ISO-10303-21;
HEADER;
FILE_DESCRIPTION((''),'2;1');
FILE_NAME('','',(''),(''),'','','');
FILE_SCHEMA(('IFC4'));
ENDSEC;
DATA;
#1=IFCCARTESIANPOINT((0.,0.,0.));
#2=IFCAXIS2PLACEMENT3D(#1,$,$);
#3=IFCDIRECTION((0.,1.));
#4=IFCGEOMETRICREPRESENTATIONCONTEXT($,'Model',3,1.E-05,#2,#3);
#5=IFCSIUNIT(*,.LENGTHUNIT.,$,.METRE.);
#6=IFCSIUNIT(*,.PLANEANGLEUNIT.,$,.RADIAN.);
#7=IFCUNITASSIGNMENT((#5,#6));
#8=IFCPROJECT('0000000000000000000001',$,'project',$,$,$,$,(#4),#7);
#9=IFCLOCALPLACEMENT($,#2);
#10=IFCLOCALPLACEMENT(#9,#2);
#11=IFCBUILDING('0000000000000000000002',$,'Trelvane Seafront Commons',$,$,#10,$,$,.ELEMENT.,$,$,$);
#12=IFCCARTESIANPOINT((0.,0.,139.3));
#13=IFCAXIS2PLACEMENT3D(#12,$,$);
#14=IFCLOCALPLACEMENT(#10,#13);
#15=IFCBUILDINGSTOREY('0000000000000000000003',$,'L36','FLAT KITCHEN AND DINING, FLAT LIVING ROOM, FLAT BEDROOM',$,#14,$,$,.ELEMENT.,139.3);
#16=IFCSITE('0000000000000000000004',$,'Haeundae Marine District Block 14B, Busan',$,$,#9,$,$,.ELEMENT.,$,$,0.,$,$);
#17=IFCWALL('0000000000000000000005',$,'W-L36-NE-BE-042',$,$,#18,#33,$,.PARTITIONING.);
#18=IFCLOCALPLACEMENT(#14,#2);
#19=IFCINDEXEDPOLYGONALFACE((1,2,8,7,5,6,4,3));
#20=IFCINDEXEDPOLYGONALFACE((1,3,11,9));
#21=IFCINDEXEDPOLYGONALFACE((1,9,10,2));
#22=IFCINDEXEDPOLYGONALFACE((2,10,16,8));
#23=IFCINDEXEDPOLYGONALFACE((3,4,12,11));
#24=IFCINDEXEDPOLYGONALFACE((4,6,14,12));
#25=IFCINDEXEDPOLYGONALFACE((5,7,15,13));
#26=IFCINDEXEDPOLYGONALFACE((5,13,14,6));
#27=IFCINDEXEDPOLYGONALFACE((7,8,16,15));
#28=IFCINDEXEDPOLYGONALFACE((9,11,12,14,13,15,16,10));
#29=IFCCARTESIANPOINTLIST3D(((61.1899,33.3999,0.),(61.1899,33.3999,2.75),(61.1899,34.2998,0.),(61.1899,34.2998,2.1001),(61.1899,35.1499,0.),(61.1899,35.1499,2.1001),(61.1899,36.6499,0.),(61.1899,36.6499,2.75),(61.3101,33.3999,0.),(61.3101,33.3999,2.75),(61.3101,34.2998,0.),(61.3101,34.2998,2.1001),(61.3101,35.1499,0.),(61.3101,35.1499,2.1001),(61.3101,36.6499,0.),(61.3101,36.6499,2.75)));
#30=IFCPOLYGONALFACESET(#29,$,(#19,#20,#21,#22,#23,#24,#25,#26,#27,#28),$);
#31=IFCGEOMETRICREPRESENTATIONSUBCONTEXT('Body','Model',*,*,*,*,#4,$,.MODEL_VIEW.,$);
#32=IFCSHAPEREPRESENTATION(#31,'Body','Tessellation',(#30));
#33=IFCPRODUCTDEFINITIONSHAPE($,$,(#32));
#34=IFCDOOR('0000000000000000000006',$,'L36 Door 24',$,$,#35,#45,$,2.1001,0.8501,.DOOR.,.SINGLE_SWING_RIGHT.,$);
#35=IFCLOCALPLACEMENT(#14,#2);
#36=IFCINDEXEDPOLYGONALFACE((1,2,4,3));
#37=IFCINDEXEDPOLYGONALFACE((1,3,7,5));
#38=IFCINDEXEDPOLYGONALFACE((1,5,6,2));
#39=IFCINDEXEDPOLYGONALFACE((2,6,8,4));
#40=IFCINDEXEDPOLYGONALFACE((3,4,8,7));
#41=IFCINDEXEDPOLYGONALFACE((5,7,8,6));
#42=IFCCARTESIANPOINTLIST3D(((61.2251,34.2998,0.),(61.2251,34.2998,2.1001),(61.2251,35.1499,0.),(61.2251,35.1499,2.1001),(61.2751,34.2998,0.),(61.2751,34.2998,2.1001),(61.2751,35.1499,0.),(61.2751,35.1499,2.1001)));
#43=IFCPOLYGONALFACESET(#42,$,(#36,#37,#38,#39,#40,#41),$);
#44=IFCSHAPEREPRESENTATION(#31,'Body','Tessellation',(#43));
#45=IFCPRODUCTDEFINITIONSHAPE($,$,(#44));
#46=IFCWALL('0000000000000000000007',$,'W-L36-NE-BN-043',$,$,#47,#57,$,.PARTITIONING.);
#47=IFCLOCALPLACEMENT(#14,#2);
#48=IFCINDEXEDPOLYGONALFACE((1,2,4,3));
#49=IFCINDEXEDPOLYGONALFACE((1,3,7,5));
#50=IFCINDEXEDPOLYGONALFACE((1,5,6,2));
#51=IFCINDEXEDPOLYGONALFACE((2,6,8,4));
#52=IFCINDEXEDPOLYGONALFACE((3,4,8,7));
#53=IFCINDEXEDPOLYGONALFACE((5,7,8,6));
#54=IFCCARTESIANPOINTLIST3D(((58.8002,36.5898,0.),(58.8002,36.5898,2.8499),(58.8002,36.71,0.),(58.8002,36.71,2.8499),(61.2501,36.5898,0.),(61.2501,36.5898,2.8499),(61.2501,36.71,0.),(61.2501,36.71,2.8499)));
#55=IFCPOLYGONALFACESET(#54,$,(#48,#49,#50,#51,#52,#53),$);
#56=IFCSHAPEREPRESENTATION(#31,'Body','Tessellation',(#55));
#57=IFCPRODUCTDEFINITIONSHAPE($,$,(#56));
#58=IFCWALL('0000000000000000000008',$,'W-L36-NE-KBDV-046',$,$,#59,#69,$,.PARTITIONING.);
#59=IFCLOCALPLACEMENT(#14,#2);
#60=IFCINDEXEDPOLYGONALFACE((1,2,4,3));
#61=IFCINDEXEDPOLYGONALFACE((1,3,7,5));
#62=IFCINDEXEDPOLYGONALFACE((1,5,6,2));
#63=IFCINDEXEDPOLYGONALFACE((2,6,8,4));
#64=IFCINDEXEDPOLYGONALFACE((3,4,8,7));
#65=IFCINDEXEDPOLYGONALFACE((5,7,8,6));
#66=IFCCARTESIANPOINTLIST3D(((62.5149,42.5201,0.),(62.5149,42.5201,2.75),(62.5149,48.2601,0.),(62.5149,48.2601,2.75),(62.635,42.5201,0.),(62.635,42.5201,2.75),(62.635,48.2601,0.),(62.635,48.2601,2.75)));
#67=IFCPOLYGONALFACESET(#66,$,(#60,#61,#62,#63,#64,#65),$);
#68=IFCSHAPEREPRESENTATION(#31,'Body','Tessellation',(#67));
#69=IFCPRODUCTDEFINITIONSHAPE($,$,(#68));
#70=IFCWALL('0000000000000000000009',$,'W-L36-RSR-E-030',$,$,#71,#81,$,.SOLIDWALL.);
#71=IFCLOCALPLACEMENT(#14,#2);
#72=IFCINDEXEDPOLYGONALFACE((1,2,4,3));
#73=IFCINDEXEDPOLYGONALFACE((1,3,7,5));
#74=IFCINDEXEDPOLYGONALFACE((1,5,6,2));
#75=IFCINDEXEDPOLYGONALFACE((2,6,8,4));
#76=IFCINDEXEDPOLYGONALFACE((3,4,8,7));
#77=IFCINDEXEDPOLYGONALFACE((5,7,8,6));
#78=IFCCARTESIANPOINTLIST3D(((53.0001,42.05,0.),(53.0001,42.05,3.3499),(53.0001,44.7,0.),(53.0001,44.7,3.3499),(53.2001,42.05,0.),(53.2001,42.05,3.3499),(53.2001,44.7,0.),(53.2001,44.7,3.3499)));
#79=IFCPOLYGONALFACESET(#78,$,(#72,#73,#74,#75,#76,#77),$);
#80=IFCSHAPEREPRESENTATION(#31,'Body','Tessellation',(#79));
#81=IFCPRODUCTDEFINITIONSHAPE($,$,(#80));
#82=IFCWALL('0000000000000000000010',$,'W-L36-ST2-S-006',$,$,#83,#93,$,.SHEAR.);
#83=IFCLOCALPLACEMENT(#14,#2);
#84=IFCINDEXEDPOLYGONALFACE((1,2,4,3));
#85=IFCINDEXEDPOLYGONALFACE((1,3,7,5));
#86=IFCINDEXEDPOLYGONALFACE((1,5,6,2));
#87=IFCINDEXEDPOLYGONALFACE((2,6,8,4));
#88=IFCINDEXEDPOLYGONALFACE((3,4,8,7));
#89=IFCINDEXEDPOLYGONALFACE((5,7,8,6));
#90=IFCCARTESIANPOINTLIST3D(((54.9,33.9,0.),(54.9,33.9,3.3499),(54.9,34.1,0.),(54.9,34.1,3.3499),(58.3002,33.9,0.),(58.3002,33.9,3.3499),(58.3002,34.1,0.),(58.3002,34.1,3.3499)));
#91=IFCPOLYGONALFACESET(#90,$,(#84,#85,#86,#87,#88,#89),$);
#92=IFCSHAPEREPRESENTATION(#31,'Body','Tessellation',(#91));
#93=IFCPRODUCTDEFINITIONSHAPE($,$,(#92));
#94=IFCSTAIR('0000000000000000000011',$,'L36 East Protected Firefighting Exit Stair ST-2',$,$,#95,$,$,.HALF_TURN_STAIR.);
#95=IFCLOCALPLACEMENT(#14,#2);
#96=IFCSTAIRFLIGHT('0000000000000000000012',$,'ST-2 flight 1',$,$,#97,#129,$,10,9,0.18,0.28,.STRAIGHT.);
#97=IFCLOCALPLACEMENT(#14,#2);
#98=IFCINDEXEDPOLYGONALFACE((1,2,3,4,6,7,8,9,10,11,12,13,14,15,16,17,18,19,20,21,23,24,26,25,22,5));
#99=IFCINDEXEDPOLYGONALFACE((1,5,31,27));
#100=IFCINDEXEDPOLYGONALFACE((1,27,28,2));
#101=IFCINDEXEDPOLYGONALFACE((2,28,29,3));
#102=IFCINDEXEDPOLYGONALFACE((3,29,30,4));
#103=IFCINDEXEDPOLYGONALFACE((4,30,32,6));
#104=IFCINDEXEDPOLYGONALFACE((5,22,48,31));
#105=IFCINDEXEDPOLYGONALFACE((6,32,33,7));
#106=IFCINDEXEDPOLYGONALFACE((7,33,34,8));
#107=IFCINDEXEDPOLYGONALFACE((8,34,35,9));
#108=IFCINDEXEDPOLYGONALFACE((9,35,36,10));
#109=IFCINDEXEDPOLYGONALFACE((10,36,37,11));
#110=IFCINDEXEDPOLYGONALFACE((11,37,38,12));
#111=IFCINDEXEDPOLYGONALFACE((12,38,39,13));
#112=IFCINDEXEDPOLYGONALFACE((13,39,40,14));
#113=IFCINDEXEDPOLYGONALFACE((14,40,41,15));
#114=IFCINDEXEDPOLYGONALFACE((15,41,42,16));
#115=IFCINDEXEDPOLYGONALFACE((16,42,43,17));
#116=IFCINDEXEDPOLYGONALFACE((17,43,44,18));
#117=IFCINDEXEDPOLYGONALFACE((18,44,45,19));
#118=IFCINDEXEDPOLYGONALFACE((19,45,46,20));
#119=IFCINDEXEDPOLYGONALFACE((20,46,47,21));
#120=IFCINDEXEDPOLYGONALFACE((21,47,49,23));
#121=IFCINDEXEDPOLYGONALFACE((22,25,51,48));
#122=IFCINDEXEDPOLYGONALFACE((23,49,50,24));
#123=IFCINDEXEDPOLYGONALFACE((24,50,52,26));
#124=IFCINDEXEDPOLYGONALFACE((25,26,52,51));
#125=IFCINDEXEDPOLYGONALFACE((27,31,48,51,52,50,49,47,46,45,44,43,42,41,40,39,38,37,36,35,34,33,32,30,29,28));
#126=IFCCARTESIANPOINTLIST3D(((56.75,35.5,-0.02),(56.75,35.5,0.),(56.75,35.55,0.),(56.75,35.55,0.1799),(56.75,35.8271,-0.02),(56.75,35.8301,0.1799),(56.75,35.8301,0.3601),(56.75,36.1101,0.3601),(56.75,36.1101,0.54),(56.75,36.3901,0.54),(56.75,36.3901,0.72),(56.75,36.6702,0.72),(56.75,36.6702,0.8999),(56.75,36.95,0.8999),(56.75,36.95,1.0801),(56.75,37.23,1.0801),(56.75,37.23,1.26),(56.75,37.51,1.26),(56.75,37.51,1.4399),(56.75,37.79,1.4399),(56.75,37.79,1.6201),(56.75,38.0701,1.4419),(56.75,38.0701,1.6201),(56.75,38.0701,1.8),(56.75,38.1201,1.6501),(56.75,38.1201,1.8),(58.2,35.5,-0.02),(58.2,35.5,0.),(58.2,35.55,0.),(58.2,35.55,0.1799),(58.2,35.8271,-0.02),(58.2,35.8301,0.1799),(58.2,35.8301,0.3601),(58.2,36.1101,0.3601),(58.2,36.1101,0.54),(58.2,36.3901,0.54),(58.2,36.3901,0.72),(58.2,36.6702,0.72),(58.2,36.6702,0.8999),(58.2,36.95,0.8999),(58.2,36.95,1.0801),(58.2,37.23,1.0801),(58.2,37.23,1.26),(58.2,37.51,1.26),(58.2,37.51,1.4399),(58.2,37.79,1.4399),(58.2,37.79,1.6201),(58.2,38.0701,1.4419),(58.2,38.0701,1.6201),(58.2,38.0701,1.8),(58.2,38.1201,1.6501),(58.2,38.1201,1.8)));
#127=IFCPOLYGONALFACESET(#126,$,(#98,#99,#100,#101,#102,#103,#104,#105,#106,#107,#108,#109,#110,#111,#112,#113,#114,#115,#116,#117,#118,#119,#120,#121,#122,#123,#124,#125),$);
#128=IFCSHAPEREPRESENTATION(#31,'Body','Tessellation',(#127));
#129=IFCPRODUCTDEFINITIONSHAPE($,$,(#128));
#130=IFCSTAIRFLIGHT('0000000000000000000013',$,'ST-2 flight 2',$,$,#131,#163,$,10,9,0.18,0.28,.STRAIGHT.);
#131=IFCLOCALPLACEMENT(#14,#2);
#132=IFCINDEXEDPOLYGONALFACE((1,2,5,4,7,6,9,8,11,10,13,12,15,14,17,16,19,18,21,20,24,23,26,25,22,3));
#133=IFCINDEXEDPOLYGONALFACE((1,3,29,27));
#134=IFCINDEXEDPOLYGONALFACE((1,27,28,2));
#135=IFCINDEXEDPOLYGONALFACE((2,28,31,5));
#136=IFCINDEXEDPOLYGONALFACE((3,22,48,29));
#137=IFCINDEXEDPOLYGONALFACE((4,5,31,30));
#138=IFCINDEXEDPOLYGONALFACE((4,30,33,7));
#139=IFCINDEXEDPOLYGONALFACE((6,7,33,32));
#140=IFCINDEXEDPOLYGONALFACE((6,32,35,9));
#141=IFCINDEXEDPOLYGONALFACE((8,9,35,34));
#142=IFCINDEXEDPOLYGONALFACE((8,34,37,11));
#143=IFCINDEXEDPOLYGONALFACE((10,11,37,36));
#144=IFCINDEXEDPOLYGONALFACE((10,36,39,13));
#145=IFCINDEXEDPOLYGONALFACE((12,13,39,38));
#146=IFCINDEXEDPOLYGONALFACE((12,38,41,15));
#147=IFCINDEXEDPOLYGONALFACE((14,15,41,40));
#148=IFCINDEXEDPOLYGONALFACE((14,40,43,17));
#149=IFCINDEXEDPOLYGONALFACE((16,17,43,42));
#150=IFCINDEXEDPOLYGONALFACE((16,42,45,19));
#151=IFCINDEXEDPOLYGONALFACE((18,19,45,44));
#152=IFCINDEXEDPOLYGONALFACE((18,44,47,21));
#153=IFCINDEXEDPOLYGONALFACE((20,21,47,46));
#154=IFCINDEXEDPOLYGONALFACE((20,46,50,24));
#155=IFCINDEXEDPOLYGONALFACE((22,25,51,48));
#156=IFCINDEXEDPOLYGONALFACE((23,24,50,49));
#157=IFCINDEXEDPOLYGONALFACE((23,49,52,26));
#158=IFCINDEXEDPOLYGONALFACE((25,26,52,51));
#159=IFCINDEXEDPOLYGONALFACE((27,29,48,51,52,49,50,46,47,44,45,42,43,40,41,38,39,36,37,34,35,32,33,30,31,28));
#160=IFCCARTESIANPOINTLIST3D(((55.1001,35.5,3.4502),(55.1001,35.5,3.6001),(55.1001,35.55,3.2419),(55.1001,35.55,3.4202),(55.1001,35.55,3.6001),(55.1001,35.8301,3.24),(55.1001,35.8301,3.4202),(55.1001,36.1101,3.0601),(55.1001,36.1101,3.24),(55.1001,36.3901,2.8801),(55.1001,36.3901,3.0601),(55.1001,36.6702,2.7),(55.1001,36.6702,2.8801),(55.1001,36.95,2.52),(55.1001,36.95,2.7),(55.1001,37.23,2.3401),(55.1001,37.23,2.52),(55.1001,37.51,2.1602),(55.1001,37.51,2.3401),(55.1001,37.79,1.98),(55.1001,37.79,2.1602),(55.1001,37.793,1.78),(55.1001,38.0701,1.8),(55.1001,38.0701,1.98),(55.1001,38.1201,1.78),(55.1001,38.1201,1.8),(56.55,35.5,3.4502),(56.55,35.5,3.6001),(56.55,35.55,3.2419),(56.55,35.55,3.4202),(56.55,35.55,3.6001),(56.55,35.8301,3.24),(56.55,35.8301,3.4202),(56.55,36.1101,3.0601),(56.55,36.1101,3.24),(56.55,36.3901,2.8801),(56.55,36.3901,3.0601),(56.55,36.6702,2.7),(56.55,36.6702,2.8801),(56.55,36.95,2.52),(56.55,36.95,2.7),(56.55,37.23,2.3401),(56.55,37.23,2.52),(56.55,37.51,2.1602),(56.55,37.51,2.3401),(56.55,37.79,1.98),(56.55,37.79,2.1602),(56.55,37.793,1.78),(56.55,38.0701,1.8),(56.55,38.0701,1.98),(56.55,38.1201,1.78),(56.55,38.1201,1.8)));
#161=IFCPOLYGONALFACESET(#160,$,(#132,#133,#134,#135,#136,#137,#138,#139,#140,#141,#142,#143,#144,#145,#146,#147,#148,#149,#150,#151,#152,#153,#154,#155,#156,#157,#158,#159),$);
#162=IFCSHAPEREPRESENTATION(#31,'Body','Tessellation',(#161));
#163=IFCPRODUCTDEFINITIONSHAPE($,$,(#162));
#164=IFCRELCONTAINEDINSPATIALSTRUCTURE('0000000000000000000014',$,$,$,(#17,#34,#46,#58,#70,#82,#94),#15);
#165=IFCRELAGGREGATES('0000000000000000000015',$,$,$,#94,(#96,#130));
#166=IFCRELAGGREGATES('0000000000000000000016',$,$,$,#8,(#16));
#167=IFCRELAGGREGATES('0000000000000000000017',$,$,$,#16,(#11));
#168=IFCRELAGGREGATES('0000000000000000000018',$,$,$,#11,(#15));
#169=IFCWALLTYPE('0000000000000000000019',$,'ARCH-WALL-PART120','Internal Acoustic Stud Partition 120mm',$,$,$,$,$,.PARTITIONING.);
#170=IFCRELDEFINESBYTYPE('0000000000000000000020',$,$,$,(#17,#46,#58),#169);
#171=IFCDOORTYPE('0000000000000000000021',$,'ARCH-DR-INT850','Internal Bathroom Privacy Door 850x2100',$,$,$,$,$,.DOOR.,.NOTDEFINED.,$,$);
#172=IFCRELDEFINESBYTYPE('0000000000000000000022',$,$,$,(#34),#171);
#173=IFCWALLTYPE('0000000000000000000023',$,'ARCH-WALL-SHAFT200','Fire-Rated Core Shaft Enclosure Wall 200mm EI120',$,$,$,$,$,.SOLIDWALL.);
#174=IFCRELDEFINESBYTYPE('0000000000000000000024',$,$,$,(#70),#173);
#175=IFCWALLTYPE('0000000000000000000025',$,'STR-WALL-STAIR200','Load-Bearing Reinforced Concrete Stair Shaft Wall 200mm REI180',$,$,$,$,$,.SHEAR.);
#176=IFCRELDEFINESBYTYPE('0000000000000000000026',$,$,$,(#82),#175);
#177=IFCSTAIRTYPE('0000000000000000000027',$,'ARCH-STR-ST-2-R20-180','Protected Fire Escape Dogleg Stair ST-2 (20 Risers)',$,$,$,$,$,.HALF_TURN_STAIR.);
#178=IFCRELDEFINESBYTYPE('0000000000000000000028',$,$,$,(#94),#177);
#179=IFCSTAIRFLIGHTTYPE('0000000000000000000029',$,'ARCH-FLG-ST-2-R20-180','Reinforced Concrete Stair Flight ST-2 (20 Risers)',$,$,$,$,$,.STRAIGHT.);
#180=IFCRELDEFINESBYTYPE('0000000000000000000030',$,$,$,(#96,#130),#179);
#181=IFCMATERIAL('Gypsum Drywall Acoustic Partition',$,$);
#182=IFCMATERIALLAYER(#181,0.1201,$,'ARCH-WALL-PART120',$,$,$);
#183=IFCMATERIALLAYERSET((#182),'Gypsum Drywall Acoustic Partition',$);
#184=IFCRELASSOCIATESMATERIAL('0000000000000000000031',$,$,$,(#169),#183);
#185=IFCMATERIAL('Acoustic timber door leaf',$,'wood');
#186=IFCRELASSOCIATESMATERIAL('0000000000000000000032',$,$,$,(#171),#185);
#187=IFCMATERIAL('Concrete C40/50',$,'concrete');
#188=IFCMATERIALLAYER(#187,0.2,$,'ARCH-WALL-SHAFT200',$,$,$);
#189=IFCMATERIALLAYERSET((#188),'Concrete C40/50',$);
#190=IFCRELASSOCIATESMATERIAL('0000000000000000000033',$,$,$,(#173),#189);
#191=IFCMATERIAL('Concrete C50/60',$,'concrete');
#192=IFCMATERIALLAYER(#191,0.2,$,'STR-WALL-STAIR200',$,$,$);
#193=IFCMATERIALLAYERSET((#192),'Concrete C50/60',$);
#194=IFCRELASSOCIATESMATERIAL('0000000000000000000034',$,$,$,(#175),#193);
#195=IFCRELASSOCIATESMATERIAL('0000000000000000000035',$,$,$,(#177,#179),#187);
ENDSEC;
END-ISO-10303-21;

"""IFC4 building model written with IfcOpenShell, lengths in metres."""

from ifc_helpers import new_model, si_unit, direction, frame, frame_2d, origin, place, context, subcontext, project, spatial, polyline, rectangle, outline, extrude, source, transform, mapped, material, layer, layer_set, type_object, element, fill, aggregate, save


model = new_model("IFC4")

# Units and contexts
model_context = context("Model", 3, precision=1e-05, world=origin(), true_north=direction((0.0, 1.0)))
body_context = subcontext(model_context, "Body", "Model", "MODEL_VIEW")
ifc_project = project(units=[si_unit("LENGTHUNIT", "METRE"), si_unit("PLANEANGLEUNIT", "RADIAN")], contexts=[model_context])

# Site, building, storey
site_placement = place(None, origin())
site = spatial("IfcSite", under=ifc_project, at=site_placement, Name="Haeundae Marine District Block 14B, Busan", CompositionType="ELEMENT", RefElevation=0.0)
building_placement = place(site_placement, origin())
building = spatial("IfcBuilding", under=site, at=building_placement, Name="Trelvane Seafront Commons", CompositionType="ELEMENT")
storey_placement = place(building_placement, frame((0.0, 0.0, 139.3)))
storey = spatial("IfcBuildingStorey", under=building, at=storey_placement, Name="L36", Description="FLAT KITCHEN AND DINING, FLAT LIVING ROOM, FLAT BEDROOM", CompositionType="ELEMENT", Elevation=139.3)

# Shared definitions
ifc_material_1 = material(Name="Concrete C50/60", Category="concrete")

# Shared definitions
ifc_material_2 = material(Name="Concrete C40/50", Category="concrete")

# Wall, opening, door
ifc_material_3 = material(Name="Gypsum Drywall Acoustic Partition")
ifc_layer_1 = layer(ifc_material_3, 0.1201, Name="ARCH-WALL-PART120")
ifc_layer_set_1 = layer_set([ifc_layer_1], Name="Gypsum Drywall Acoustic Partition")
wall_type_1 = type_object("IfcWallType", Name="ARCH-WALL-PART120", Description="Internal Acoustic Stud Partition 120mm", PredefinedType="PARTITIONING", material=ifc_layer_set_1)
wall_1_placement = place(storey_placement, frame((61.25, 33.3999, 0.0), z_axis=(0.0, 0.0, 1.0), x_axis=(0.0, 1.0, 0.0)))
wall_1 = element("IfcWall", 1, at=wall_1_placement, inside=storey, type_object=wall_type_1, Name="W-L36-NE-BE-042", PredefinedType="PARTITIONING", context=body_context, shape_type="SweptSolid", body=[
    extrude(rectangle(XDim=3.25, YDim=0.1201, at=frame_2d((1.625, 0.0))), origin(), (0.0, 0.0, 1.0), 2.75),
])
opening_1_placement = place(wall_1_placement, frame((0.8999, 0.0, 0.0)))
opening_1 = element("IfcOpeningElement", 2, at=opening_1_placement, cuts=wall_1, PredefinedType="OPENING", context=body_context, shape_type="SweptSolid", body=[
    extrude(rectangle(XDim=0.8501, YDim=2.1001, at=frame_2d((0.425, 1.05))), frame((0.0, 0.0701, 0.0), z_axis=(0.0, -1.0, 0.0), x_axis=(1.0, 0.0, 0.0)), (0.0, 0.0, 1.0), 0.1401),
])
ifc_material_4 = material(Name="Acoustic timber door leaf", Category="wood")
door_type_1 = type_object("IfcDoorType", Name="ARCH-DR-INT850", Description="Internal Bathroom Privacy Door 850x2100", OperationType="NOTDEFINED", PredefinedType="DOOR", material=ifc_material_4)
shared_shape_1 = source(origin(), body_context, "Body", "SweptSolid", [
    extrude(rectangle(XDim=0.8501, YDim=2.1001, at=frame_2d((0.425, 1.05))), frame((0.0, 0.0249, 0.0), z_axis=(0.0, -1.0, 0.0), x_axis=(1.0, 0.0, 0.0)), (0.0, 0.0, 1.0), 0.05),
])
door_1_placement = place(opening_1_placement, origin())
door_1 = element("IfcDoor", 3, at=door_1_placement, inside=storey, type_object=door_type_1, Name="L36 Door 24", OperationType="SINGLE_SWING_RIGHT", OverallHeight=2.1001, OverallWidth=0.8501, PredefinedType="DOOR", context=body_context, shape_type="MappedRepresentation", body=[
    mapped(shared_shape_1, transform((0.0, 0.0, 0.0), x_axis=(1.0, 0.0, 0.0), y_axis=(0.0, 1.0, 0.0), z_axis=(0.0, 0.0, 1.0), scale=1.0)),
])
fill(opening_1, door_1)

# Wall
wall_2_placement = place(storey_placement, frame((58.8, 36.6499, 0.0), z_axis=(0.0, 0.0, 1.0), x_axis=(1.0, 0.0, 0.0)))
element("IfcWall", 4, at=wall_2_placement, inside=storey, type_object=wall_type_1, Name="W-L36-NE-BN-043", PredefinedType="PARTITIONING", context=body_context, shape_type="SweptSolid", body=[
    extrude(rectangle(XDim=2.45, YDim=0.1201, at=frame_2d((1.2251, 0.0))), origin(), (0.0, 0.0, 1.0), 2.8499),
])

# Wall
wall_3_placement = place(storey_placement, frame((62.575, 42.52, 0.0), z_axis=(0.0, 0.0, 1.0), x_axis=(0.0, 1.0, 0.0)))
element("IfcWall", 5, at=wall_3_placement, inside=storey, type_object=wall_type_1, Name="W-L36-NE-KBDV-046", PredefinedType="PARTITIONING", context=body_context, shape_type="SweptSolid", body=[
    extrude(rectangle(XDim=5.74, YDim=0.1201, at=frame_2d((2.8701, 0.0))), origin(), (0.0, 0.0, 1.0), 2.75),
])

# Walls
ifc_layer_2 = layer(ifc_material_2, 0.2, Name="ARCH-WALL-SHAFT200")
ifc_layer_set_2 = layer_set([ifc_layer_2], Name="Concrete C40/50")
wall_type_2 = type_object("IfcWallType", Name="ARCH-WALL-SHAFT200", Description="Fire-Rated Core Shaft Enclosure Wall 200mm EI120", PredefinedType="SOLIDWALL", material=ifc_layer_set_2)
wall_4_placement = place(storey_placement, frame((53.1001, 42.05, 0.0), z_axis=(0.0, 0.0, 1.0), x_axis=(0.0, 1.0, 0.0)))
element("IfcWall", 6, at=wall_4_placement, inside=storey, type_object=wall_type_2, Name="W-L36-RSR-E-030", PredefinedType="SOLIDWALL", context=body_context, shape_type="SweptSolid", body=[
    extrude(rectangle(XDim=2.6499, YDim=0.2, at=frame_2d((1.325, 0.0))), origin(), (0.0, 0.0, 1.0), 3.3499),
])
ifc_layer_3 = layer(ifc_material_1, 0.2, Name="STR-WALL-STAIR200")
ifc_layer_set_3 = layer_set([ifc_layer_3], Name="Concrete C50/60")
wall_type_3 = type_object("IfcWallType", Name="STR-WALL-STAIR200", Description="Load-Bearing Reinforced Concrete Stair Shaft Wall 200mm REI180", PredefinedType="SHEAR", material=ifc_layer_set_3)
wall_5_placement = place(storey_placement, frame((54.8999, 34.0, 0.0), z_axis=(0.0, 0.0, 1.0), x_axis=(1.0, 0.0, 0.0)))
element("IfcWall", 7, at=wall_5_placement, inside=storey, type_object=wall_type_3, Name="W-L36-ST2-S-006", PredefinedType="SHEAR", context=body_context, shape_type="SweptSolid", body=[
    extrude(rectangle(XDim=3.4001, YDim=0.2, at=frame_2d((1.7002, 0.0))), origin(), (0.0, 0.0, 1.0), 3.3499),
])

# Stair, stair flights
stair_type = type_object("IfcStairType", Name="ARCH-STR-ST-2-R20-180", Description="Protected Fire Escape Dogleg Stair ST-2 (20 Risers)", PredefinedType="HALF_TURN_STAIR", material=ifc_material_2)
stair_placement = place(storey_placement, origin())
stair = element("IfcStair", 8, at=stair_placement, inside=storey, type_object=stair_type, Name="L36 East Protected Firefighting Exit Stair ST-2", PredefinedType="HALF_TURN_STAIR")
stair_flight_type = type_object("IfcStairFlightType", Name="ARCH-FLG-ST-2-R20-180", Description="Reinforced Concrete Stair Flight ST-2 (20 Risers)", PredefinedType="STRAIGHT", material=ifc_material_2)
shared_shape_2 = source(origin(), body_context, "Body", "SweptSolid", [
    extrude(outline(polyline([(-0.05, -0.02), (-0.05, 0.0), (0.0, 0.0), (0.0, 0.1799), (0.28, 0.1799), (0.28, 0.3601), (0.5601, 0.3601), (0.5601, 0.54), (0.8401, 0.54), (0.8401, 0.72), (1.1201, 0.72), (1.1201, 0.8999), (1.3999, 0.8999), (1.3999, 1.0801), (1.6799, 1.0801), (1.6799, 1.26), (1.96, 1.26), (1.96, 1.4399), (2.24, 1.4399), (2.24, 1.6201), (2.52, 1.6201), (2.52, 1.8), (2.5701, 1.8), (2.5701, 1.6501), (2.52, 1.4419), (0.2771, -0.02), (-0.05, -0.02)])), frame((0.0, 0.7251, 0.0), z_axis=(0.0, -1.0, 0.0), x_axis=(1.0, 0.0, 0.0)), (0.0, 0.0, 1.0), 1.45),
])
stair_flight_1_placement = place(storey_placement, frame((57.4751, 35.55, 0.0), z_axis=(0.0, 0.0, 1.0), x_axis=(0.0, 1.0, 0.0)))
stair_flight_1 = element("IfcStairFlight", 9, at=stair_flight_1_placement, type_object=stair_flight_type, Name="ST-2 flight 1", NumberOfRisers=10, NumberOfTreads=9, PredefinedType="STRAIGHT", RiserHeight=0.18, TreadLength=0.28, context=body_context, shape_type="MappedRepresentation", body=[
    mapped(shared_shape_2, transform((0.0, 0.0, 0.0), x_axis=(1.0, 0.0, 0.0), y_axis=(0.0, 1.0, 0.0), z_axis=(0.0, 0.0, 1.0), scale=1.0)),
])
stair_flight_2_placement = place(storey_placement, frame((55.825, 38.0701, 1.8), z_axis=(0.0, 0.0, 1.0), x_axis=(0.0, -1.0, 0.0)))
stair_flight_2 = element("IfcStairFlight", 10, at=stair_flight_2_placement, type_object=stair_flight_type, Name="ST-2 flight 2", NumberOfRisers=10, NumberOfTreads=9, PredefinedType="STRAIGHT", RiserHeight=0.18, TreadLength=0.28, context=body_context, shape_type="MappedRepresentation", body=[
    mapped(shared_shape_2, transform((0.0, 0.0, 0.0), x_axis=(1.0, 0.0, 0.0), y_axis=(0.0, 1.0, 0.0), z_axis=(0.0, 0.0, 1.0), scale=1.0)),
])
aggregate(stair, [stair_flight_1, stair_flight_2])

save(model, "model.ifc")
